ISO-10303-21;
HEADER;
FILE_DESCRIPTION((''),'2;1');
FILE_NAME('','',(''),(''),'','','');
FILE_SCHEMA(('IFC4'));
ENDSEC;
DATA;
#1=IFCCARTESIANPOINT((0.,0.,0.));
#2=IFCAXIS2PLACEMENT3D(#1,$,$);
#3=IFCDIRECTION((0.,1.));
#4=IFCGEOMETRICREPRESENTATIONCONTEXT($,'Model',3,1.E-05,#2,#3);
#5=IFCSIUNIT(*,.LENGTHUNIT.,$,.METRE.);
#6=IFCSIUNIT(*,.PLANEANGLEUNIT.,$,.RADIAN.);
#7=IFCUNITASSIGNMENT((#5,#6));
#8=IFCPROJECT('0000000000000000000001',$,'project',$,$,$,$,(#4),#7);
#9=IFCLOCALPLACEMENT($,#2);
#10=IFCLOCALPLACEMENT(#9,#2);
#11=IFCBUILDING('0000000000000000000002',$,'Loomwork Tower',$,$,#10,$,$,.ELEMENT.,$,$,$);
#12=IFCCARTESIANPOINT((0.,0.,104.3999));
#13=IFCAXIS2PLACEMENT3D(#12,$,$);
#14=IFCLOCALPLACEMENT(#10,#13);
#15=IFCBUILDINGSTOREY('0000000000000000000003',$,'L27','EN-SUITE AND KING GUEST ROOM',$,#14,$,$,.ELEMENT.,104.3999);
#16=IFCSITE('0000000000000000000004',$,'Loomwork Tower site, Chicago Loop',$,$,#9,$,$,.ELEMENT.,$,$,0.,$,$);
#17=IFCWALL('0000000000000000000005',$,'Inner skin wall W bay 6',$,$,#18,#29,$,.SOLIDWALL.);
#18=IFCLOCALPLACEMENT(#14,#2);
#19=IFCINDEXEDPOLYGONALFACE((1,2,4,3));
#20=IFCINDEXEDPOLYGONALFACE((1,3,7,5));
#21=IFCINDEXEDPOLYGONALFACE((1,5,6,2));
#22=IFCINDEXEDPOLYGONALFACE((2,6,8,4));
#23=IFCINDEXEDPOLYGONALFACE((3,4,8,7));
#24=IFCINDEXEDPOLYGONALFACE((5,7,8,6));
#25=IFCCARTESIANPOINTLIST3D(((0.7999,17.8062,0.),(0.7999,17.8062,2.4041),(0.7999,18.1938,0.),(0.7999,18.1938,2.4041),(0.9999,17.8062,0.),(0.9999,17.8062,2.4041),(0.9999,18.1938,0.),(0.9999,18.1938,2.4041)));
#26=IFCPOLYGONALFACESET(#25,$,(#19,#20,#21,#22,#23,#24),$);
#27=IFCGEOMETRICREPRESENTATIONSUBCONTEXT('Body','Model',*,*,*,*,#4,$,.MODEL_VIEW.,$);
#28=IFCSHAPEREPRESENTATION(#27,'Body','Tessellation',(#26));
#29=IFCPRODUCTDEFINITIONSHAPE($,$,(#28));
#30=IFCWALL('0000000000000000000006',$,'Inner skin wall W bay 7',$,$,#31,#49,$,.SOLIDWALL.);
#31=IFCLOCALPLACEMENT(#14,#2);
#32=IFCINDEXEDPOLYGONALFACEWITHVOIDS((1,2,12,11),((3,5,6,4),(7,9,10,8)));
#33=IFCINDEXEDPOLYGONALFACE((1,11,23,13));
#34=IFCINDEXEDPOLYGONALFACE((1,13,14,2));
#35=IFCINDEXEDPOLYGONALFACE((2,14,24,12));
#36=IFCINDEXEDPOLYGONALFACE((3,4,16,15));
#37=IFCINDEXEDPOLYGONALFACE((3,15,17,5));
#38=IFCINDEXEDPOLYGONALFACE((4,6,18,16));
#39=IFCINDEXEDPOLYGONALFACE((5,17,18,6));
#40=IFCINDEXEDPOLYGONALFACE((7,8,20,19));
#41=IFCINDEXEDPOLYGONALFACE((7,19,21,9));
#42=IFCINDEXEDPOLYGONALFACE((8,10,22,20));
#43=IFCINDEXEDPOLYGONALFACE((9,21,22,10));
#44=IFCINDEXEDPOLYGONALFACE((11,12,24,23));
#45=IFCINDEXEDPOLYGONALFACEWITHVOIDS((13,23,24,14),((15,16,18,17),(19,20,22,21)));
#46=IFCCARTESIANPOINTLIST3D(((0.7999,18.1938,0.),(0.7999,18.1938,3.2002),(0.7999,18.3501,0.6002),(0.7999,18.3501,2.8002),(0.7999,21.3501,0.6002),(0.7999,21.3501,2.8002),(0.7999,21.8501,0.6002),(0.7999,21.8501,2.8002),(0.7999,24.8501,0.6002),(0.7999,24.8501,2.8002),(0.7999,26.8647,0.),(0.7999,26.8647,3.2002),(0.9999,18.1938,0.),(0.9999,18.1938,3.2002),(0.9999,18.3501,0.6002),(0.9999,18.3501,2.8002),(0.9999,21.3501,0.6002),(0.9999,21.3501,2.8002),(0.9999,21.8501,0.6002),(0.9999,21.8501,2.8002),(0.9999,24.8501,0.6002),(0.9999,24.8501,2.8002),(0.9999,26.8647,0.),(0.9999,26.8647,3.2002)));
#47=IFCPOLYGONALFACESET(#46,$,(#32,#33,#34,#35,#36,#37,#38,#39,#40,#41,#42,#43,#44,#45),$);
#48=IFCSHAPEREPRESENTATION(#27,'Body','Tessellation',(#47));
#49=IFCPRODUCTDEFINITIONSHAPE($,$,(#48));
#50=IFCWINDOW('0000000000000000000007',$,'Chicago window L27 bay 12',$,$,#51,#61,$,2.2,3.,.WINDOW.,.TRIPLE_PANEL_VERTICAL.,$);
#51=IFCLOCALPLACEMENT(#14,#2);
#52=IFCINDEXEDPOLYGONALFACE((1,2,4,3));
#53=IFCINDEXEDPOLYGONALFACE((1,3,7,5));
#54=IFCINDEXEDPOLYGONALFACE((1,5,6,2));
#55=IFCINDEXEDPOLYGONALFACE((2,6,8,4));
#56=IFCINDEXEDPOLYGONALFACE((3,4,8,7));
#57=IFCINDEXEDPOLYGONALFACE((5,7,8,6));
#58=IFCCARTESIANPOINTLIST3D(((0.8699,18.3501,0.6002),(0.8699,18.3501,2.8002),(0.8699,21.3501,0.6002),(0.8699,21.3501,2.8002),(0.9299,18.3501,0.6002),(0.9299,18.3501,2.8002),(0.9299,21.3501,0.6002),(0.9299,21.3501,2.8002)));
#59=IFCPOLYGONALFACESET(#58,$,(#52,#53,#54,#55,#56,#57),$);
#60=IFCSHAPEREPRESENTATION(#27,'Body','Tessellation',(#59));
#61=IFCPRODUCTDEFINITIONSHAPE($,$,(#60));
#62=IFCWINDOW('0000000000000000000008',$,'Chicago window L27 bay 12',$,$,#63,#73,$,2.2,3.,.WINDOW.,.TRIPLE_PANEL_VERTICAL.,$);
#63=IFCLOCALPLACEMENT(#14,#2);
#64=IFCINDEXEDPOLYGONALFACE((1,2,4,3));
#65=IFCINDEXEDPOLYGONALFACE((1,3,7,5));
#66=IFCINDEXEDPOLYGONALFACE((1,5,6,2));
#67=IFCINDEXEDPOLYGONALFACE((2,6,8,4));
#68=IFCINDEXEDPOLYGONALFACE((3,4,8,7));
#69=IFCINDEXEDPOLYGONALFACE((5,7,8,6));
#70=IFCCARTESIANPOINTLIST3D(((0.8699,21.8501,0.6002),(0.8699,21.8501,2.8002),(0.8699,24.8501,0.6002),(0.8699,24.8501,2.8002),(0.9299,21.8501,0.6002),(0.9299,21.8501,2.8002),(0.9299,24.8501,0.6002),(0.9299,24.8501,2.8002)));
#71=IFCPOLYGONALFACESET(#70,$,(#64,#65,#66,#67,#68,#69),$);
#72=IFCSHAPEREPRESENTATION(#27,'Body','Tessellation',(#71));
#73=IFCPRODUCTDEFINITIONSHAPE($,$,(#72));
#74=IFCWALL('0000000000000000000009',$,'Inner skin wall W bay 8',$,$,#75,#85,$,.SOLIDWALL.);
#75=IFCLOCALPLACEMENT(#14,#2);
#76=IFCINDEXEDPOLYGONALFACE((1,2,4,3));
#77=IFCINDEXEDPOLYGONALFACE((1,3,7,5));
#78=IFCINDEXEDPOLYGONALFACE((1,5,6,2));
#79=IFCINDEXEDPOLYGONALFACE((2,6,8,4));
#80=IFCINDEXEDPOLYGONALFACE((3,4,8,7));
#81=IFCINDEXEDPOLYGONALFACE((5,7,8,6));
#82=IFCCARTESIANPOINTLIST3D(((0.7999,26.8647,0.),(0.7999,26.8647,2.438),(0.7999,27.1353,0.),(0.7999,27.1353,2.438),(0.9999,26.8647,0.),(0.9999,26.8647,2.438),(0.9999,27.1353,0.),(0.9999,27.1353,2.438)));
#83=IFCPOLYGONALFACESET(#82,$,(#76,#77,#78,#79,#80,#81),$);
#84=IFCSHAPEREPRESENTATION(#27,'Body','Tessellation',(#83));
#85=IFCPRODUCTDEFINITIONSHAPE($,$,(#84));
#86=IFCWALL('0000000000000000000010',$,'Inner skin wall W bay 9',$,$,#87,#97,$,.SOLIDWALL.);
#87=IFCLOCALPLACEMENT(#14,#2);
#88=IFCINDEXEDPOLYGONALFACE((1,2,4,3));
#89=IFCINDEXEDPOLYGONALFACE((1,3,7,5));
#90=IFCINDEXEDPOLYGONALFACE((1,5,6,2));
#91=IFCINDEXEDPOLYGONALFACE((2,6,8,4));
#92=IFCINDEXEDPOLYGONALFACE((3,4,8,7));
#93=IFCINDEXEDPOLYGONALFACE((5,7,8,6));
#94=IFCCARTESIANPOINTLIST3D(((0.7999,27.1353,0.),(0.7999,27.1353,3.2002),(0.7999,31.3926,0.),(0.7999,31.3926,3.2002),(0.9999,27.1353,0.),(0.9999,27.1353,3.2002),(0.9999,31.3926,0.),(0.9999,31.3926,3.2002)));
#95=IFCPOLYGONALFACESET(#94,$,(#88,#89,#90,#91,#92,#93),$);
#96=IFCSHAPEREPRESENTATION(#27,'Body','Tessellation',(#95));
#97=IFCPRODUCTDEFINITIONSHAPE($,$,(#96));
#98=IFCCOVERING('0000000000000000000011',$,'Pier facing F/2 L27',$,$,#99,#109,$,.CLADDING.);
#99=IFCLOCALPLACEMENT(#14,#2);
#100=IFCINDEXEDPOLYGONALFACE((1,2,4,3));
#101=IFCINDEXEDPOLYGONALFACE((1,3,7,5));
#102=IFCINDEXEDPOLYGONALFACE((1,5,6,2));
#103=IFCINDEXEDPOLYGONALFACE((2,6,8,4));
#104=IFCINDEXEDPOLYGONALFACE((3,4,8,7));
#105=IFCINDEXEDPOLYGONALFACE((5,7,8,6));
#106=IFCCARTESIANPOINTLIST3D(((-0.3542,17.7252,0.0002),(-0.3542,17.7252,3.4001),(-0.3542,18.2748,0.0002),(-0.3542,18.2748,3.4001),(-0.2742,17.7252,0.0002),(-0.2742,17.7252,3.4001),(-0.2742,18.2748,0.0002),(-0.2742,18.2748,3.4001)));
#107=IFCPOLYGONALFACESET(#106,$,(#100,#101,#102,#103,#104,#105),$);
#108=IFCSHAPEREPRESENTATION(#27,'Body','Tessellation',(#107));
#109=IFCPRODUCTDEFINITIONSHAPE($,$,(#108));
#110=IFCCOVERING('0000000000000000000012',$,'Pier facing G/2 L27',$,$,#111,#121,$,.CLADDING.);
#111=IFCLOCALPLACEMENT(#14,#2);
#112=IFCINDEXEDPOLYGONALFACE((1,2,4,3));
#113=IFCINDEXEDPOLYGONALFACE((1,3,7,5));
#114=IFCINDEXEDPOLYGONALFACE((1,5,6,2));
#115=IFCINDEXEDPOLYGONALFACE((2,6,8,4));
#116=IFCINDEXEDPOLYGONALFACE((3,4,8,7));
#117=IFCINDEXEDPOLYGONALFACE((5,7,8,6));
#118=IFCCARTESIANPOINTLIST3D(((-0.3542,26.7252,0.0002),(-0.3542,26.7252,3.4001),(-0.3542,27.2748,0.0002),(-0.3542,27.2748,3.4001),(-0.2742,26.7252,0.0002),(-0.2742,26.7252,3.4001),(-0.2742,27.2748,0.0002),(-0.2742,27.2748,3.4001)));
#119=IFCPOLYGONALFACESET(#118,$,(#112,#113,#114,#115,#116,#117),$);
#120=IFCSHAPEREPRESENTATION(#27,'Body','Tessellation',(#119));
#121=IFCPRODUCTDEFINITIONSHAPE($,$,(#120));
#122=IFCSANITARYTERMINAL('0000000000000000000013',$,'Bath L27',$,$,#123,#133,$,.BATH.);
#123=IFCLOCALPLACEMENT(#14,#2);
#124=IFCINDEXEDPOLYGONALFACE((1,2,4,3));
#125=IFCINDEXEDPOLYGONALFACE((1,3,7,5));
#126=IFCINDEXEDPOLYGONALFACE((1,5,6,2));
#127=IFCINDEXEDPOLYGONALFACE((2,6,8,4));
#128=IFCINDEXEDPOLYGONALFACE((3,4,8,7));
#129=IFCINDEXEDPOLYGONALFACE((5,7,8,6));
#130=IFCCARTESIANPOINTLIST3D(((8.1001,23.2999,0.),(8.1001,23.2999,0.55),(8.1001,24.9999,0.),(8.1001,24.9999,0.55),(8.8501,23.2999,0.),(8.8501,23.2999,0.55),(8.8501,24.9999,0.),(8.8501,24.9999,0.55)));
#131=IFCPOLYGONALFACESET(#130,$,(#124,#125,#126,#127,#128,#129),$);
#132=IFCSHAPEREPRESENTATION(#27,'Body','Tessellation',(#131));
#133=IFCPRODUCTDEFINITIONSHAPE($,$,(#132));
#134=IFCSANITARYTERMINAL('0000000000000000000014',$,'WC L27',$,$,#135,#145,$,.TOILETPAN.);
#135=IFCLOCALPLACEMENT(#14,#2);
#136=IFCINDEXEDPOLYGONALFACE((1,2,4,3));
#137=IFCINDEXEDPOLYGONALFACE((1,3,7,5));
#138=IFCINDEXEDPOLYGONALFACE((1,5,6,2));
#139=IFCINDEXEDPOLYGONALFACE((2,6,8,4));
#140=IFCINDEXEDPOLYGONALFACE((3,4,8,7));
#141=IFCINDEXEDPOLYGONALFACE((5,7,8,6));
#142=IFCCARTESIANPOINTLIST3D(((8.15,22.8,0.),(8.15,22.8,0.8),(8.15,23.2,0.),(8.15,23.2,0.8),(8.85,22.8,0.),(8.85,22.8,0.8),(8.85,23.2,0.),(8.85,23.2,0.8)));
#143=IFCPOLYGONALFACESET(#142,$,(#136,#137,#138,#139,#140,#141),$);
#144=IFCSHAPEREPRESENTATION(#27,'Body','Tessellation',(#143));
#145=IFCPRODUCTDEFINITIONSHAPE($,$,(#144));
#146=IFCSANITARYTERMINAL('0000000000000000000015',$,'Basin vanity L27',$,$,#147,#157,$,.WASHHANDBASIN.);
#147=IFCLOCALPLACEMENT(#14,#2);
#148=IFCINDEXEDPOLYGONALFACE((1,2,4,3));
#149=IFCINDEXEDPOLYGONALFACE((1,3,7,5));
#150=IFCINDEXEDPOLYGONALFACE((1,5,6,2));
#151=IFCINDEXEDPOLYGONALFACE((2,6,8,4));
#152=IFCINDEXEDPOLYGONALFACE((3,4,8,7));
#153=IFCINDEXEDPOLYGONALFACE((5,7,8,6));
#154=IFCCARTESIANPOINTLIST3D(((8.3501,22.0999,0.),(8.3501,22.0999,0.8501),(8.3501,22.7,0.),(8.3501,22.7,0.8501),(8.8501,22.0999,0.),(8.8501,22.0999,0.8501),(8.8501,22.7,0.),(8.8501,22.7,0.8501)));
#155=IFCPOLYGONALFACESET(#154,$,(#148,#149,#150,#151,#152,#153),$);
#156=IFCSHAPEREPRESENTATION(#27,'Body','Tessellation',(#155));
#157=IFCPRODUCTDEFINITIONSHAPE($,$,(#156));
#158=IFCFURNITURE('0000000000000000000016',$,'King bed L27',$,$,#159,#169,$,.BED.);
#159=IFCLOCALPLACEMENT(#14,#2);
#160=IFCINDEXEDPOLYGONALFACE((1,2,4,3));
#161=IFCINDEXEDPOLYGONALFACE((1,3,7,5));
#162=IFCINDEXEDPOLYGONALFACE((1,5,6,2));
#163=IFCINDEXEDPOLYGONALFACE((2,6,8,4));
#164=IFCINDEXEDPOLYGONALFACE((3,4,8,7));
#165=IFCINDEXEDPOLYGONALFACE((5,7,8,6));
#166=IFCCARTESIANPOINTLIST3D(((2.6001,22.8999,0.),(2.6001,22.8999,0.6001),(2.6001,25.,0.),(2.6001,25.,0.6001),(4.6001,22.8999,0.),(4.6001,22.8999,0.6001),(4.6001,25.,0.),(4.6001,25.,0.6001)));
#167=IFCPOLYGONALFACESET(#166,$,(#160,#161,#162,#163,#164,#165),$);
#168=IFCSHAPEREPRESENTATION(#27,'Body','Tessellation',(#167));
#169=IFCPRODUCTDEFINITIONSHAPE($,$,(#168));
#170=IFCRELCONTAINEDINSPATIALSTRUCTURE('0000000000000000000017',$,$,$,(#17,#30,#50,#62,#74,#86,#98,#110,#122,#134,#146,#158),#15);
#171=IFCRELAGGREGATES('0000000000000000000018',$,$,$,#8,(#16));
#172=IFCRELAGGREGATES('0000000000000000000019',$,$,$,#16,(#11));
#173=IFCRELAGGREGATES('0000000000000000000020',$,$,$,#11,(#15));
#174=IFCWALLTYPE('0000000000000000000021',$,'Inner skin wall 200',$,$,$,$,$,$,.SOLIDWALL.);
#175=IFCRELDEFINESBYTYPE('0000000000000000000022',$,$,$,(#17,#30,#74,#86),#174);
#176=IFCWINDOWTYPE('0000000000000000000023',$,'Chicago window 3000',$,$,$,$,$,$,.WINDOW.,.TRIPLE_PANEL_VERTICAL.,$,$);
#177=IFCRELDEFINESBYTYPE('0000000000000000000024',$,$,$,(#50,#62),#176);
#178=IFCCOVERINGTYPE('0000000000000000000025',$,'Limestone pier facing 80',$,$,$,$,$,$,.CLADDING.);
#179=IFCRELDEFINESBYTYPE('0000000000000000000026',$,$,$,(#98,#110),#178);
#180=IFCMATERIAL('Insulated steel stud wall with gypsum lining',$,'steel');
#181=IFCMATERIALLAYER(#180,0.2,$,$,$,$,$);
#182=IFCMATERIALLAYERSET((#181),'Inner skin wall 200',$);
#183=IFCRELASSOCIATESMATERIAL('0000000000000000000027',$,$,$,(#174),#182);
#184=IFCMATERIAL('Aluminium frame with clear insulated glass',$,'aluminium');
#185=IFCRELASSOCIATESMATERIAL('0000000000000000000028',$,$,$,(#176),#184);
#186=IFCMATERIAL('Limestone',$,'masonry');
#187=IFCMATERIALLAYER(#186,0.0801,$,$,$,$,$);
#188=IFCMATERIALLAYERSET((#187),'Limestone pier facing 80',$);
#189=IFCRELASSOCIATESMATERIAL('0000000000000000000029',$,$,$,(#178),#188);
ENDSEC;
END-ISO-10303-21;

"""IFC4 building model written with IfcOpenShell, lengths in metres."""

from ifc_helpers import new_model, si_unit, direction, frame, frame_2d, origin, origin_2d, place, context, subcontext, project, spatial, rectangle, extrude, material, layer, layer_set, type_object, element, fill, save


model = new_model("IFC4")

# Units and contexts
model_context = context("Model", 3, precision=1e-05, world=origin(), true_north=direction((0.0, 1.0)))
body_context = subcontext(model_context, "Body", "Model", "MODEL_VIEW")
ifc_project = project(units=[si_unit("LENGTHUNIT", "METRE"), si_unit("PLANEANGLEUNIT", "RADIAN")], contexts=[model_context])

# Site, building, storey
site_placement = place(None, origin())
site = spatial("IfcSite", under=ifc_project, at=site_placement, Name="Loomwork Tower site, Chicago Loop", CompositionType="ELEMENT", RefElevation=0.0)
building_placement = place(site_placement, origin())
building = spatial("IfcBuilding", under=site, at=building_placement, Name="Loomwork Tower", CompositionType="ELEMENT")
storey_placement = place(building_placement, frame((0.0, 0.0, 104.3999)))
storey = spatial("IfcBuildingStorey", under=building, at=storey_placement, Name="L27", Description="EN-SUITE AND KING GUEST ROOM", CompositionType="ELEMENT", Elevation=104.3999)

# Wall
ifc_material_1 = material(Name="Insulated steel stud wall with gypsum lining", Category="steel")
ifc_layer_1 = layer(ifc_material_1, 0.2)
ifc_layer_set_1 = layer_set([ifc_layer_1], Name="Inner skin wall 200")
wall_type_1 = type_object("IfcWallType", Name="Inner skin wall 200", PredefinedType="SOLIDWALL", material=ifc_layer_set_1)
wall_1_placement = place(storey_placement, frame((0.8999, 17.8062, 0.0), z_axis=(0.0, 0.0, 1.0), x_axis=(0.0, 1.0, 0.0)))
element("IfcWall", 1, at=wall_1_placement, inside=storey, type_object=wall_type_1, Name="Inner skin wall W bay 6", PredefinedType="SOLIDWALL", context=body_context, shape_type="SweptSolid", body=[
    extrude(rectangle(XDim=0.3877, YDim=0.2, at=frame_2d((0.1938, 0.0))), origin(), (0.0, 0.0, 1.0), 2.4041),
])

# Wall, openings, windows
wall_2_placement = place(storey_placement, frame((0.8999, 18.1938, 0.0), z_axis=(0.0, 0.0, 1.0), x_axis=(0.0, 1.0, 0.0)))
wall_2 = element("IfcWall", 2, at=wall_2_placement, inside=storey, type_object=wall_type_1, Name="Inner skin wall W bay 7", PredefinedType="SOLIDWALL", context=body_context, shape_type="SweptSolid", body=[
    extrude(rectangle(XDim=8.6709, YDim=0.2, at=frame_2d((4.3354, 0.0))), origin(), (0.0, 0.0, 1.0), 3.2002),
])
opening_1_placement = place(wall_2_placement, frame((0.1562, 0.0, 0.6001)))
opening_1 = element("IfcOpeningElement", 3, at=opening_1_placement, cuts=wall_2, PredefinedType="OPENING", context=body_context, shape_type="SweptSolid", body=[
    extrude(rectangle(XDim=3.0, YDim=2.2, at=frame_2d((1.5, 1.1001))), frame((0.0, 0.1099, 0.0), z_axis=(0.0, -1.0, 0.0), x_axis=(1.0, 0.0, 0.0)), (0.0, 0.0, 1.0), 0.22),
])
opening_2_placement = place(wall_2_placement, frame((3.6562, 0.0, 0.6001)))
opening_2 = element("IfcOpeningElement", 4, at=opening_2_placement, cuts=wall_2, PredefinedType="OPENING", context=body_context, shape_type="SweptSolid", body=[
    extrude(rectangle(XDim=3.0, YDim=2.2, at=frame_2d((1.5, 1.1001))), frame((0.0, 0.1099, 0.0), z_axis=(0.0, -1.0, 0.0), x_axis=(1.0, 0.0, 0.0)), (0.0, 0.0, 1.0), 0.22),
])
ifc_material_2 = material(Name="Aluminium frame with clear insulated glass", Category="aluminium")
window_type = type_object("IfcWindowType", Name="Chicago window 3000", PartitioningType="TRIPLE_PANEL_VERTICAL", PredefinedType="WINDOW", material=ifc_material_2)
window_1_placement = place(opening_1_placement, origin())
window_1 = element("IfcWindow", 5, at=window_1_placement, inside=storey, type_object=window_type, Name="Chicago window L27 bay 12", OverallHeight=2.2, OverallWidth=3.0, PartitioningType="TRIPLE_PANEL_VERTICAL", PredefinedType="WINDOW", context=body_context, shape_type="SweptSolid", body=[
    extrude(rectangle(XDim=3.0, YDim=2.2, at=frame_2d((1.5, 1.1001))), frame((0.0, 0.03, 0.0), z_axis=(0.0, -1.0, 0.0), x_axis=(1.0, 0.0, 0.0)), (0.0, 0.0, 1.0), 0.0601),
])
fill(opening_1, window_1)
window_2_placement = place(opening_2_placement, origin())
window_2 = element("IfcWindow", 6, at=window_2_placement, inside=storey, type_object=window_type, Name="Chicago window L27 bay 12", OverallHeight=2.2, OverallWidth=3.0, PartitioningType="TRIPLE_PANEL_VERTICAL", PredefinedType="WINDOW", context=body_context, shape_type="SweptSolid", body=[
    extrude(rectangle(XDim=3.0, YDim=2.2, at=frame_2d((1.5, 1.1001))), frame((0.0, 0.03, 0.0), z_axis=(0.0, -1.0, 0.0), x_axis=(1.0, 0.0, 0.0)), (0.0, 0.0, 1.0), 0.0601),
])
fill(opening_2, window_2)

# Walls
wall_3_placement = place(storey_placement, frame((0.8999, 26.8647, 0.0), z_axis=(0.0, 0.0, 1.0), x_axis=(0.0, 1.0, 0.0)))
element("IfcWall", 7, at=wall_3_placement, inside=storey, type_object=wall_type_1, Name="Inner skin wall W bay 8", PredefinedType="SOLIDWALL", context=body_context, shape_type="SweptSolid", body=[
    extrude(rectangle(XDim=0.2705, YDim=0.2, at=frame_2d((0.1353, 0.0))), origin(), (0.0, 0.0, 1.0), 2.438),
])
wall_4_placement = place(storey_placement, frame((0.8999, 27.1353, 0.0), z_axis=(0.0, 0.0, 1.0), x_axis=(0.0, 1.0, 0.0)))
element("IfcWall", 8, at=wall_4_placement, inside=storey, type_object=wall_type_1, Name="Inner skin wall W bay 9", PredefinedType="SOLIDWALL", context=body_context, shape_type="SweptSolid", body=[
    extrude(rectangle(XDim=4.2573, YDim=0.2, at=frame_2d((2.1287, 0.0))), origin(), (0.0, 0.0, 1.0), 3.2002),
])

# Coverings
ifc_material_3 = material(Name="Limestone", Category="masonry")
ifc_layer_2 = layer(ifc_material_3, 0.0801)
ifc_layer_set_2 = layer_set([ifc_layer_2], Name="Limestone pier facing 80")
covering_type = type_object("IfcCoveringType", Name="Limestone pier facing 80", PredefinedType="CLADDING", material=ifc_layer_set_2)
for number, where, z_axis, x_axis, name in (
    (9, (-0.3142, 18.0, 0.0002), (0.0, 0.0, 1.0), (1.0, 0.0, 0.0), "Pier facing F/2 L27"),
    (10, (-0.3142, 27.0, 0.0002), (0.0, 0.0, 1.0), (1.0, 0.0, 0.0), "Pier facing G/2 L27"),
):
    element("IfcCovering", number, at=place(storey_placement, frame(where, z_axis=z_axis, x_axis=x_axis)), inside=storey, type_object=covering_type, Name=name, PredefinedType="CLADDING", context=body_context, shape_type="SweptSolid", body=[
        extrude(rectangle(XDim=0.0801, YDim=0.5496, at=origin_2d()), origin(), (0.0, 0.0, 1.0), 3.3999),
    ])

# Sanitary terminals
sanitary_terminal_1_placement = place(storey_placement, frame((8.4751, 24.1499, 0.0), z_axis=(0.0, 0.0, 1.0), x_axis=(1.0, 0.0, 0.0)))
element("IfcSanitaryTerminal", 11, at=sanitary_terminal_1_placement, inside=storey, Name="Bath L27", PredefinedType="BATH", context=body_context, shape_type="SweptSolid", body=[
    extrude(rectangle(XDim=0.75, YDim=1.7, at=origin_2d()), origin(), (0.0, 0.0, 1.0), 0.55),
])
sanitary_terminal_2_placement = place(storey_placement, frame((8.5, 23.0, 0.0), z_axis=(0.0, 0.0, 1.0), x_axis=(1.0, 0.0, 0.0)))
element("IfcSanitaryTerminal", 12, at=sanitary_terminal_2_placement, inside=storey, Name="WC L27", PredefinedType="TOILETPAN", context=body_context, shape_type="SweptSolid", body=[
    extrude(rectangle(XDim=0.7, YDim=0.3999, at=origin_2d()), origin(), (0.0, 0.0, 1.0), 0.8),
])
sanitary_terminal_3_placement = place(storey_placement, frame((8.6001, 22.3999, 0.0), z_axis=(0.0, 0.0, 1.0), x_axis=(1.0, 0.0, 0.0)))
element("IfcSanitaryTerminal", 13, at=sanitary_terminal_3_placement, inside=storey, Name="Basin vanity L27", PredefinedType="WASHHANDBASIN", context=body_context, shape_type="SweptSolid", body=[
    extrude(rectangle(XDim=0.5, YDim=0.6001, at=origin_2d()), origin(), (0.0, 0.0, 1.0), 0.8501),
])

# Furniture
furniture_placement = place(storey_placement, frame((3.6001, 23.95, 0.0), z_axis=(0.0, 0.0, 1.0), x_axis=(1.0, 0.0, 0.0)))
element("IfcFurniture", 14, at=furniture_placement, inside=storey, Name="King bed L27", PredefinedType="BED", context=body_context, shape_type="SweptSolid", body=[
    extrude(rectangle(XDim=2.0, YDim=2.1001, at=origin_2d()), origin(), (0.0, 0.0, 1.0), 0.6001),
])

save(model, "model.ifc")
